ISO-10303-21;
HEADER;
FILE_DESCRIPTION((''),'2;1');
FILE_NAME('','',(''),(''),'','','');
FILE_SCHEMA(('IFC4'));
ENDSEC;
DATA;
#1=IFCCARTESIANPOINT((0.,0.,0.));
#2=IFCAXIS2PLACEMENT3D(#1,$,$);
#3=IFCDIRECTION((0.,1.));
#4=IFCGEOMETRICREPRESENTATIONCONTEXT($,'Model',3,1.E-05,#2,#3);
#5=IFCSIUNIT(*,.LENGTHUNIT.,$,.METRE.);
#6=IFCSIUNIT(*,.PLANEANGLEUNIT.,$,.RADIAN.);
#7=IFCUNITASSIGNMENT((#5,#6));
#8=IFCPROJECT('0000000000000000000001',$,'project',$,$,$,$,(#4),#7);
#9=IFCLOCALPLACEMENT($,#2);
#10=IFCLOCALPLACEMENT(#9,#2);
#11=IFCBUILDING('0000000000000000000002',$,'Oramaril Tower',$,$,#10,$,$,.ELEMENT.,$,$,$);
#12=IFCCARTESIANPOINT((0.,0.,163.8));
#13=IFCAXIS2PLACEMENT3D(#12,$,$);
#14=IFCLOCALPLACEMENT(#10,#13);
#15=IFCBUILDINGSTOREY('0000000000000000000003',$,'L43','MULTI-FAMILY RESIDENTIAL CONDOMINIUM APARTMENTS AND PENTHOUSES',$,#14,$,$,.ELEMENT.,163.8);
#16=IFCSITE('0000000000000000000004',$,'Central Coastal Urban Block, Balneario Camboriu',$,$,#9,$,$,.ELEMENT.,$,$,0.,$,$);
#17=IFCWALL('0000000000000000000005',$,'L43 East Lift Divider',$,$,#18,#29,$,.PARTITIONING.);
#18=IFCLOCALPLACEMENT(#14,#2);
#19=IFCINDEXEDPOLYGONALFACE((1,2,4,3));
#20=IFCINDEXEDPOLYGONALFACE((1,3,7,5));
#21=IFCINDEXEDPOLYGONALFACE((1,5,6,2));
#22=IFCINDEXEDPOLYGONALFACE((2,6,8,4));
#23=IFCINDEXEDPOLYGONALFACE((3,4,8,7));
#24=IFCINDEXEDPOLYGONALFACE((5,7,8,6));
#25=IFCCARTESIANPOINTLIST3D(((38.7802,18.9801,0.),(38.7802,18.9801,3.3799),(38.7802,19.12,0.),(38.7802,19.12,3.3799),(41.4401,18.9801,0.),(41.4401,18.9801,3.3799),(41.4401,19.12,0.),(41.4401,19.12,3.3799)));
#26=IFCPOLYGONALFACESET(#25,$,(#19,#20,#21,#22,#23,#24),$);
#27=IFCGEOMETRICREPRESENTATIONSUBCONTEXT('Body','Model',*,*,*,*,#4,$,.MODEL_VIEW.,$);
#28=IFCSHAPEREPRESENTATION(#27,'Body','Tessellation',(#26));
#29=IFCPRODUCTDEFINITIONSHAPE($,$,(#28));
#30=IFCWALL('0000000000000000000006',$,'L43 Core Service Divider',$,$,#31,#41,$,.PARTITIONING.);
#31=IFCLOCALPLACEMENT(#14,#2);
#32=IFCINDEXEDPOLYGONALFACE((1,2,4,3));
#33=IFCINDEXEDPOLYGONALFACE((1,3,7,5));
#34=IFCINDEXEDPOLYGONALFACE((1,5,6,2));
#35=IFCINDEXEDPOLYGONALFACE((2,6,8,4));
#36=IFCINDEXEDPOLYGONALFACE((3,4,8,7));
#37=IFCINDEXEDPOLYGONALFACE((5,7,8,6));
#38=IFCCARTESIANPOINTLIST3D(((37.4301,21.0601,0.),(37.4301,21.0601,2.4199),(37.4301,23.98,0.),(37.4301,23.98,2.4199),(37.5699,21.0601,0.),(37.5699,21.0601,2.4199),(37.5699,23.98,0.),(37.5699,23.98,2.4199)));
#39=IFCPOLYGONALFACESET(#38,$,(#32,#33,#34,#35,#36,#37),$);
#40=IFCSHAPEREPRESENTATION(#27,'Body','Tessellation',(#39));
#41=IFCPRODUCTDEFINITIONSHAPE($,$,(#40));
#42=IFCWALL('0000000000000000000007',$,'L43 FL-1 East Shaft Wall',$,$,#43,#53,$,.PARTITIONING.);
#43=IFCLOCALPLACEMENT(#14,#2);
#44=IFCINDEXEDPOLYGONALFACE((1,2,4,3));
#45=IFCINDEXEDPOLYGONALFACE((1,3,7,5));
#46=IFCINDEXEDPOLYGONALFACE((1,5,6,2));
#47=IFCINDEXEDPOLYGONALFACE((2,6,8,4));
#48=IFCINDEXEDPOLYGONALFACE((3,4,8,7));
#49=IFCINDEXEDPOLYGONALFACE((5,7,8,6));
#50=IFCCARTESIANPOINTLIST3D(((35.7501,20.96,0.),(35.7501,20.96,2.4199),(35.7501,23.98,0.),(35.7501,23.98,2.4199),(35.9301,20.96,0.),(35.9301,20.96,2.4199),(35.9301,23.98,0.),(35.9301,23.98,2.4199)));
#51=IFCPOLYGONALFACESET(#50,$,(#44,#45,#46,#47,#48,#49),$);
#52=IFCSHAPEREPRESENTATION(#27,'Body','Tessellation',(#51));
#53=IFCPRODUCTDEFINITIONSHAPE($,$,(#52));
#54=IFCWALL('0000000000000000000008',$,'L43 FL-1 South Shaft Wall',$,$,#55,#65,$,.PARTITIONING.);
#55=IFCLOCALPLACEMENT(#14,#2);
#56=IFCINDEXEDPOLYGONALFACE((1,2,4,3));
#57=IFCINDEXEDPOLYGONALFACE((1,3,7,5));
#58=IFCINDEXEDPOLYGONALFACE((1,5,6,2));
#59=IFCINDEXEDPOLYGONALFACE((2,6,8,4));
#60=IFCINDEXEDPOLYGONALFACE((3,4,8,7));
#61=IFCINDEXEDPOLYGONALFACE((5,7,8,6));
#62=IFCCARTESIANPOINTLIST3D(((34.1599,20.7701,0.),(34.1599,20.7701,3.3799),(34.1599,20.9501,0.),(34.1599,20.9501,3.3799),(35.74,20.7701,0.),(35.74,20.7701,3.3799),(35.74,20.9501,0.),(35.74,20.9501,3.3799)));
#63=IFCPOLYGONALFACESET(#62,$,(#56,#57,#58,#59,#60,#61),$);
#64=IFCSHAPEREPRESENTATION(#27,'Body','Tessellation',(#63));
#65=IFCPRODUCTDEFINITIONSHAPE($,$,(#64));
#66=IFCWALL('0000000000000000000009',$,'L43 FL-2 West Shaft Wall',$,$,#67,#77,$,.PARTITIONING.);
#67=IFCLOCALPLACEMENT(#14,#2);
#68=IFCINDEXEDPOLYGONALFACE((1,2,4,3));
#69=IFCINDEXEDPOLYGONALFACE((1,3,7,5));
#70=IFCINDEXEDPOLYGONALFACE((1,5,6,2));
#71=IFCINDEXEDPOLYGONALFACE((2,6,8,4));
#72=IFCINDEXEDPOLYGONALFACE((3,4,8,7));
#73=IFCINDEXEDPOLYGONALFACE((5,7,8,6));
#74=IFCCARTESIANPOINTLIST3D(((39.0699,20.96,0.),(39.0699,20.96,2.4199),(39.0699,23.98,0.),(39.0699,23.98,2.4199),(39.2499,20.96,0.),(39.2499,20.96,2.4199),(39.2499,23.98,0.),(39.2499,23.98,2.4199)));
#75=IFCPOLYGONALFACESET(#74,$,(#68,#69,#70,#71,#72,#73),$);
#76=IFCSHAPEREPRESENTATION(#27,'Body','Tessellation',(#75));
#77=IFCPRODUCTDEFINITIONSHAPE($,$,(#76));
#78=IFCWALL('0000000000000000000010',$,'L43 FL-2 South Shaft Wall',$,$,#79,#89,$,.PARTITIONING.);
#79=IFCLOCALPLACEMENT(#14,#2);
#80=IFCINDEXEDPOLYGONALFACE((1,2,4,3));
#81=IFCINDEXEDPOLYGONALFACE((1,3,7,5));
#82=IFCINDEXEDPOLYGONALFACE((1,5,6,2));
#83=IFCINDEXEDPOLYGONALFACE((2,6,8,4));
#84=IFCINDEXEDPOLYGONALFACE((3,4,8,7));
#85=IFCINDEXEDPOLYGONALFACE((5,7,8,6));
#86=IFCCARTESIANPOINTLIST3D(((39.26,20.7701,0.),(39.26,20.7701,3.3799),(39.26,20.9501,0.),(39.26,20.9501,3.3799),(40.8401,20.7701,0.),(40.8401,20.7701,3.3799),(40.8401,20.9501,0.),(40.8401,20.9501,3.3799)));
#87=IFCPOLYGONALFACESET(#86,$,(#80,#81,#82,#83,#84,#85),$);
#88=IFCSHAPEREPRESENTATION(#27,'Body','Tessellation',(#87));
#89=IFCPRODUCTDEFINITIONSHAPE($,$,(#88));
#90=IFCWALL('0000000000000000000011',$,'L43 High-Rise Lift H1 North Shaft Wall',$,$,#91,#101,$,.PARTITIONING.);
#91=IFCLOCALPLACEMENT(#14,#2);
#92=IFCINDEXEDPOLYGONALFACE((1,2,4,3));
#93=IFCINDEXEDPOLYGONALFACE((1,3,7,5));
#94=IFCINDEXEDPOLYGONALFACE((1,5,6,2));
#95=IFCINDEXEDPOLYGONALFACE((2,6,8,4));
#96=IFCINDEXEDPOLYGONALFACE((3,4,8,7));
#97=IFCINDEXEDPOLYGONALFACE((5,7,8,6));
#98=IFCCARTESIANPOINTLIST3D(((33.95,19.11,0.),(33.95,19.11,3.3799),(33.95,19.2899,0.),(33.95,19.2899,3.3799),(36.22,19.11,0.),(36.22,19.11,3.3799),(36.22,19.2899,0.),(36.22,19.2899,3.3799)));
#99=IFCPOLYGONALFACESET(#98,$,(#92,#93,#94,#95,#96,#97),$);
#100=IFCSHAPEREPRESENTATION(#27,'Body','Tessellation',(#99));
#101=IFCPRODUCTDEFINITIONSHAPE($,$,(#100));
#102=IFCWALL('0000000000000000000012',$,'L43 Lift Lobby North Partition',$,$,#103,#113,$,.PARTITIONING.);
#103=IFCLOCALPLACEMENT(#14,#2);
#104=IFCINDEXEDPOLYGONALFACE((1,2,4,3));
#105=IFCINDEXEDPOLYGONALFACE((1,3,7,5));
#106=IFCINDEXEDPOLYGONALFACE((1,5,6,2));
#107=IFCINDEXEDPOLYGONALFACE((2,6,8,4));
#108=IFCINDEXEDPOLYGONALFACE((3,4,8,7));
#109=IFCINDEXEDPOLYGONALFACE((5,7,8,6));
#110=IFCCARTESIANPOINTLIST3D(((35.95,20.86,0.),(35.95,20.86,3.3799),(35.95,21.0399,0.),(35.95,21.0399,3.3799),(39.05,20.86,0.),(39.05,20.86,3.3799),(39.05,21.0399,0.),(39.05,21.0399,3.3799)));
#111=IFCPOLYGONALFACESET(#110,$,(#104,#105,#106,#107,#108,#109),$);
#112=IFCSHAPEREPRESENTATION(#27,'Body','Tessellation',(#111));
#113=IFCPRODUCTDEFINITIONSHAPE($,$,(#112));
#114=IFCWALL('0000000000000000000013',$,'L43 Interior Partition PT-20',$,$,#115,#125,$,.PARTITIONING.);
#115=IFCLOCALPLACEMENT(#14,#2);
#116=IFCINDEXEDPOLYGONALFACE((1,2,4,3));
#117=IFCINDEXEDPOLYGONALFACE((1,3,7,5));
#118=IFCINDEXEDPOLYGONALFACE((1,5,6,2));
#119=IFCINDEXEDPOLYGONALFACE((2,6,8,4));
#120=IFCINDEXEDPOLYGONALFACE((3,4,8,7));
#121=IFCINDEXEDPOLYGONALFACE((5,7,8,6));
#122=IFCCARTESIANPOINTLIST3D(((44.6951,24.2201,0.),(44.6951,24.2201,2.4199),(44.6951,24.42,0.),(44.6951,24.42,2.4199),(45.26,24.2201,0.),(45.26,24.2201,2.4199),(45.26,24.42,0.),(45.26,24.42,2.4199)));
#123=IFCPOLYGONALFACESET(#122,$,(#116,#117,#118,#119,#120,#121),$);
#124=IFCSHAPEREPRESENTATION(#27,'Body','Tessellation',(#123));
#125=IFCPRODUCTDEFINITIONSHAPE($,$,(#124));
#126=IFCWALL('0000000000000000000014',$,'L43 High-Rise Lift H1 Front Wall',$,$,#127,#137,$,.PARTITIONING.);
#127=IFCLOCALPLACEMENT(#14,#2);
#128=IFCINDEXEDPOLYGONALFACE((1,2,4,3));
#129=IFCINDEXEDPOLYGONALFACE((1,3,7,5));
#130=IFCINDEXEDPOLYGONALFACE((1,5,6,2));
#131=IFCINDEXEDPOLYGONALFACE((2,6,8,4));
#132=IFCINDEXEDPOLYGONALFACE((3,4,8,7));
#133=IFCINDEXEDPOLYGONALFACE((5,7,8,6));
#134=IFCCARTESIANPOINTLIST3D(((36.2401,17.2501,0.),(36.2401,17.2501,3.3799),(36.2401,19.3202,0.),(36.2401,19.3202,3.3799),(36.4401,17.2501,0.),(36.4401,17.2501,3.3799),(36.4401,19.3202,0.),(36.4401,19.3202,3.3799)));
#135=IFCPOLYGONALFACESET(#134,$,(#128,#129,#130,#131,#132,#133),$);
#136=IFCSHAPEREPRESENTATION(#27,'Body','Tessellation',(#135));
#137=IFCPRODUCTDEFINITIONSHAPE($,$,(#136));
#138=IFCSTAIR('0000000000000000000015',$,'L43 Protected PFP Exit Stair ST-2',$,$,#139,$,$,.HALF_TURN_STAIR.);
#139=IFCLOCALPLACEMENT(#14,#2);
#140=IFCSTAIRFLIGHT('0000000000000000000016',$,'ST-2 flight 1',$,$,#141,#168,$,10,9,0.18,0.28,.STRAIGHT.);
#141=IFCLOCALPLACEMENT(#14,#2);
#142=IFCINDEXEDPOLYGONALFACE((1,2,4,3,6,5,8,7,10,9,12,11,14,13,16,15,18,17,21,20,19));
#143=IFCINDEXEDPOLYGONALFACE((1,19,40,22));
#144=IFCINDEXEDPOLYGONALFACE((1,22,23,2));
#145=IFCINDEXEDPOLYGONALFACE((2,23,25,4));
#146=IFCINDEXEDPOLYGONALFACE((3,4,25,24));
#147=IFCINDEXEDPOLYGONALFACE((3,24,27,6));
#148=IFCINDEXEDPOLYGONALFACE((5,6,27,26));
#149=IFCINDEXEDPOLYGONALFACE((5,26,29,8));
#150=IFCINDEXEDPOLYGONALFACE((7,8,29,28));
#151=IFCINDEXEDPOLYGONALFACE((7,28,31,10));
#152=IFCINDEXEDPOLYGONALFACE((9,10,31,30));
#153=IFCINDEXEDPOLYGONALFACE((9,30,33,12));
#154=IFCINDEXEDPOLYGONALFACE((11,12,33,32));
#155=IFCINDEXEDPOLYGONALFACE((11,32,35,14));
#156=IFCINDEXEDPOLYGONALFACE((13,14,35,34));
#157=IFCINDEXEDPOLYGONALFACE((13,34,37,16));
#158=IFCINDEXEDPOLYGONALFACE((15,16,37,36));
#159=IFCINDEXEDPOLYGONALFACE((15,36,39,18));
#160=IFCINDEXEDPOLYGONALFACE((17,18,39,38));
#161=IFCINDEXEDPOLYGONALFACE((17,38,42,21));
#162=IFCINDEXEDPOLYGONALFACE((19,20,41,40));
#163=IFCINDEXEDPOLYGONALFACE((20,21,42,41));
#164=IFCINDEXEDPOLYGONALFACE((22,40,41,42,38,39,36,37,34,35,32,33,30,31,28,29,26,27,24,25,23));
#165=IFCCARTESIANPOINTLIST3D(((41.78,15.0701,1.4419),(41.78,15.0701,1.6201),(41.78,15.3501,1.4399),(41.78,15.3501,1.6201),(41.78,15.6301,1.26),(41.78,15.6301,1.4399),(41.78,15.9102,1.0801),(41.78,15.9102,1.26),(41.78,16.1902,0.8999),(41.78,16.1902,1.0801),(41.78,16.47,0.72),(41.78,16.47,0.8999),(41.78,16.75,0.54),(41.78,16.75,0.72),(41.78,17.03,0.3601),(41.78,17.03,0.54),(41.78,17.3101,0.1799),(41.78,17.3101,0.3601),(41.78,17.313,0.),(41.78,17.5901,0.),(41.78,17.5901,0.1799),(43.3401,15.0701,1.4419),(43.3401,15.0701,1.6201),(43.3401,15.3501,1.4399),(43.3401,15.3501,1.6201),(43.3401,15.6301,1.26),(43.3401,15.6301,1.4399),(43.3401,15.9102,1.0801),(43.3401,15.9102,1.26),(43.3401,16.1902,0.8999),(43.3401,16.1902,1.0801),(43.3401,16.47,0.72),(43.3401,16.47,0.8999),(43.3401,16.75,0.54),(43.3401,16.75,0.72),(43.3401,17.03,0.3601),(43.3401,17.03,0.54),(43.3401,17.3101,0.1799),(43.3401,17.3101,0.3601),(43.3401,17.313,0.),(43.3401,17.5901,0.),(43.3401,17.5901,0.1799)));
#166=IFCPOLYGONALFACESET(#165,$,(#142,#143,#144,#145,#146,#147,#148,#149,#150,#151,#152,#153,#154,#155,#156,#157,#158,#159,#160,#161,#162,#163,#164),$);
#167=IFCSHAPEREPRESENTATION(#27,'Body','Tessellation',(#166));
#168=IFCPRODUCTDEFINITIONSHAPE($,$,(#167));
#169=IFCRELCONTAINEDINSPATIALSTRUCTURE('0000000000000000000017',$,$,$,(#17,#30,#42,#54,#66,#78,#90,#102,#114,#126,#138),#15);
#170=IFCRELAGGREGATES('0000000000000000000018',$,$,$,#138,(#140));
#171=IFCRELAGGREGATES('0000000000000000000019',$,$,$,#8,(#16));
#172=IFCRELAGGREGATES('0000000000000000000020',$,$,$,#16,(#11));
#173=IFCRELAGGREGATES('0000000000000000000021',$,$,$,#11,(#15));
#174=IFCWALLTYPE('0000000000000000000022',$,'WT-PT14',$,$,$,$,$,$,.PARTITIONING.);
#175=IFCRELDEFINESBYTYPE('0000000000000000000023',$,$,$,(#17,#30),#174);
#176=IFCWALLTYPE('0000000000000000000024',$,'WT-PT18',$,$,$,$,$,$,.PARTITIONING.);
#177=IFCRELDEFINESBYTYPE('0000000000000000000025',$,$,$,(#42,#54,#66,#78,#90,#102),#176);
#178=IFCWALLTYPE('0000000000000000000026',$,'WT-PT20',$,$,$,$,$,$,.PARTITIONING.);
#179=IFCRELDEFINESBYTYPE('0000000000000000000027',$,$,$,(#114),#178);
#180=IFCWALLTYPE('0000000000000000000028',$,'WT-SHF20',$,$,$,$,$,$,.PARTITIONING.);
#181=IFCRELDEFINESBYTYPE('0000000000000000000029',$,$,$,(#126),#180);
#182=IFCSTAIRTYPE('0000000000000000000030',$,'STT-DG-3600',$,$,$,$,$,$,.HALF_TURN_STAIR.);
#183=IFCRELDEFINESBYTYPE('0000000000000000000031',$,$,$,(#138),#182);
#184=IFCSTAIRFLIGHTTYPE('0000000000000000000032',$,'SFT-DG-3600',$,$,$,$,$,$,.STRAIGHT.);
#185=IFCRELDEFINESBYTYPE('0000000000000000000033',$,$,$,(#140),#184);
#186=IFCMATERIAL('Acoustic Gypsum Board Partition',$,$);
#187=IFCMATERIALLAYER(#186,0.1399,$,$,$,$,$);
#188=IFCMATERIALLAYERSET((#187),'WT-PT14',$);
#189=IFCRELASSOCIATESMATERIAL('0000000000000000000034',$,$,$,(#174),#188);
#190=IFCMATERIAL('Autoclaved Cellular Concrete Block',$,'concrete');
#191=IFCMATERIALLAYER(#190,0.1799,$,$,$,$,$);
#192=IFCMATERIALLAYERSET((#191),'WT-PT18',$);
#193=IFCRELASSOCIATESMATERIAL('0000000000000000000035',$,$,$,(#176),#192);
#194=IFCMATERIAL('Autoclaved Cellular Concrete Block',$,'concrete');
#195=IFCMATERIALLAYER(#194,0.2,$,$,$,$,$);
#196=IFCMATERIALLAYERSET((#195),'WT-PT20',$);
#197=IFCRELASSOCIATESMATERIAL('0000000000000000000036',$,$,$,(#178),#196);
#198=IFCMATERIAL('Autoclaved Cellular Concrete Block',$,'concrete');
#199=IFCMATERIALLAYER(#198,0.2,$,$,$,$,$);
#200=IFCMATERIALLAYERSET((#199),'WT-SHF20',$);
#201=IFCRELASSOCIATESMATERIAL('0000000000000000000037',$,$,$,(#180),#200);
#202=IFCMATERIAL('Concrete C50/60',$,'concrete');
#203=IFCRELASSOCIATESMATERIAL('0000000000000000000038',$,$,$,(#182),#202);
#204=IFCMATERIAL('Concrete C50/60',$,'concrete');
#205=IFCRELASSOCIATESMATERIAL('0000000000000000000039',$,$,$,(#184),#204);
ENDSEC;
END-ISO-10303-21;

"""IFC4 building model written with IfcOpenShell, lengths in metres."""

from ifc_helpers import new_model, si_unit, direction, frame, frame_2d, origin, place, context, subcontext, project, spatial, polyline, rectangle, outline, extrude, material, layer, layer_set, type_object, element, aggregate, save


model = new_model("IFC4")

# Units and contexts
model_context = context("Model", 3, precision=1e-05, world=origin(), true_north=direction((0.0, 1.0)))
body_context = subcontext(model_context, "Body", "Model", "MODEL_VIEW")
ifc_project = project(units=[si_unit("LENGTHUNIT", "METRE"), si_unit("PLANEANGLEUNIT", "RADIAN")], contexts=[model_context])

# Site, building, storey
site_placement = place(None, origin())
site = spatial("IfcSite", under=ifc_project, at=site_placement, Name="Central Coastal Urban Block, Balneario Camboriu", CompositionType="ELEMENT", RefElevation=0.0)
building_placement = place(site_placement, origin())
building = spatial("IfcBuilding", under=site, at=building_placement, Name="Oramaril Tower", CompositionType="ELEMENT")
storey_placement = place(building_placement, frame((0.0, 0.0, 163.8)))
storey = spatial("IfcBuildingStorey", under=building, at=storey_placement, Name="L43", Description="MULTI-FAMILY RESIDENTIAL CONDOMINIUM APARTMENTS AND PENTHOUSES", CompositionType="ELEMENT", Elevation=163.8)

# Walls
ifc_material_1 = material(Name="Acoustic Gypsum Board Partition")
ifc_layer_1 = layer(ifc_material_1, 0.1399)
ifc_layer_set_1 = layer_set([ifc_layer_1], Name="WT-PT14")
wall_type_1 = type_object("IfcWallType", Name="WT-PT14", PredefinedType="PARTITIONING", material=ifc_layer_set_1)
wall_1_placement = place(storey_placement, frame((38.78, 19.05, 0.0), z_axis=(0.0, 0.0, 1.0), x_axis=(1.0, 0.0, 0.0)))
element("IfcWall", 1, at=wall_1_placement, inside=storey, type_object=wall_type_1, Name="L43 East Lift Divider", PredefinedType="PARTITIONING", context=body_context, shape_type="SweptSolid", body=[
    extrude(rectangle(XDim=2.6599, YDim=0.1399, at=frame_2d((1.3301, 0.0))), origin(), (0.0, 0.0, 1.0), 3.3799),
])
wall_2_placement = place(storey_placement, frame((37.5, 21.0601, 0.0), z_axis=(0.0, 0.0, 1.0), x_axis=(0.0, 1.0, 0.0)))
element("IfcWall", 2, at=wall_2_placement, inside=storey, type_object=wall_type_1, Name="L43 Core Service Divider", PredefinedType="PARTITIONING", context=body_context, shape_type="SweptSolid", body=[
    extrude(rectangle(XDim=2.9199, YDim=0.1399, at=frame_2d((1.46, 0.0))), origin(), (0.0, 0.0, 1.0), 2.4199),
])
ifc_material_2 = material(Name="Autoclaved Cellular Concrete Block", Category="concrete")
ifc_layer_2 = layer(ifc_material_2, 0.1799)
ifc_layer_set_2 = layer_set([ifc_layer_2], Name="WT-PT18")
wall_type_2 = type_object("IfcWallType", Name="WT-PT18", PredefinedType="PARTITIONING", material=ifc_layer_set_2)
wall_3_placement = place(storey_placement, frame((35.8401, 20.96, 0.0), z_axis=(0.0, 0.0, 1.0), x_axis=(0.0, 1.0, 0.0)))
element("IfcWall", 3, at=wall_3_placement, inside=storey, type_object=wall_type_2, Name="L43 FL-1 East Shaft Wall", PredefinedType="PARTITIONING", context=body_context, shape_type="SweptSolid", body=[
    extrude(rectangle(XDim=3.02, YDim=0.1799, at=frame_2d((1.51, 0.0))), origin(), (0.0, 0.0, 1.0), 2.4199),
])
wall_4_placement = place(storey_placement, frame((34.1599, 20.8601, 0.0), z_axis=(0.0, 0.0, 1.0), x_axis=(1.0, 0.0, 0.0)))
element("IfcWall", 4, at=wall_4_placement, inside=storey, type_object=wall_type_2, Name="L43 FL-1 South Shaft Wall", PredefinedType="PARTITIONING", context=body_context, shape_type="SweptSolid", body=[
    extrude(rectangle(XDim=1.5801, YDim=0.1799, at=frame_2d((0.79, 0.0))), origin(), (0.0, 0.0, 1.0), 3.3799),
])
wall_5_placement = place(storey_placement, frame((39.1599, 20.96, 0.0), z_axis=(0.0, 0.0, 1.0), x_axis=(0.0, 1.0, 0.0)))
element("IfcWall", 5, at=wall_5_placement, inside=storey, type_object=wall_type_2, Name="L43 FL-2 West Shaft Wall", PredefinedType="PARTITIONING", context=body_context, shape_type="SweptSolid", body=[
    extrude(rectangle(XDim=3.02, YDim=0.1799, at=frame_2d((1.51, 0.0))), origin(), (0.0, 0.0, 1.0), 2.4199),
])
wall_6_placement = place(storey_placement, frame((39.26, 20.8601, 0.0), z_axis=(0.0, 0.0, 1.0), x_axis=(1.0, 0.0, 0.0)))
element("IfcWall", 6, at=wall_6_placement, inside=storey, type_object=wall_type_2, Name="L43 FL-2 South Shaft Wall", PredefinedType="PARTITIONING", context=body_context, shape_type="SweptSolid", body=[
    extrude(rectangle(XDim=1.5801, YDim=0.1799, at=frame_2d((0.79, 0.0))), origin(), (0.0, 0.0, 1.0), 3.3799),
])
wall_7_placement = place(storey_placement, frame((33.95, 19.2, 0.0), z_axis=(0.0, 0.0, 1.0), x_axis=(1.0, 0.0, 0.0)))
element("IfcWall", 7, at=wall_7_placement, inside=storey, type_object=wall_type_2, Name="L43 High-Rise Lift H1 North Shaft Wall", PredefinedType="PARTITIONING", context=body_context, shape_type="SweptSolid", body=[
    extrude(rectangle(XDim=2.27, YDim=0.1799, at=frame_2d((1.135, 0.0))), origin(), (0.0, 0.0, 1.0), 3.3799),
])
wall_8_placement = place(storey_placement, frame((35.95, 20.95, 0.0), z_axis=(0.0, 0.0, 1.0), x_axis=(1.0, 0.0, 0.0)))
element("IfcWall", 8, at=wall_8_placement, inside=storey, type_object=wall_type_2, Name="L43 Lift Lobby North Partition", PredefinedType="PARTITIONING", context=body_context, shape_type="SweptSolid", body=[
    extrude(rectangle(XDim=3.1001, YDim=0.1799, at=frame_2d((1.55, 0.0))), origin(), (0.0, 0.0, 1.0), 3.3799),
])
ifc_material_3 = material(Name="Autoclaved Cellular Concrete Block", Category="concrete")
ifc_layer_3 = layer(ifc_material_3, 0.2)
ifc_layer_set_3 = layer_set([ifc_layer_3], Name="WT-PT20")
wall_type_3 = type_object("IfcWallType", Name="WT-PT20", PredefinedType="PARTITIONING", material=ifc_layer_set_3)
wall_9_placement = place(storey_placement, frame((44.6951, 24.3201, 0.0), z_axis=(0.0, 0.0, 1.0), x_axis=(1.0, 0.0, 0.0)))
element("IfcWall", 9, at=wall_9_placement, inside=storey, type_object=wall_type_3, Name="L43 Interior Partition PT-20", PredefinedType="PARTITIONING", context=body_context, shape_type="SweptSolid", body=[
    extrude(rectangle(XDim=0.5649, YDim=0.2, at=frame_2d((0.2825, 0.0))), origin(), (0.0, 0.0, 1.0), 2.4199),
])

# Shared definitions
ifc_material_4 = material(Name="Autoclaved Cellular Concrete Block", Category="concrete")
ifc_layer_4 = layer(ifc_material_4, 0.2)
ifc_layer_set_4 = layer_set([ifc_layer_4], Name="WT-SHF20")
wall_type_4 = type_object("IfcWallType", Name="WT-SHF20", PredefinedType="PARTITIONING", material=ifc_layer_set_4)

# Wall
wall_10_placement = place(storey_placement, frame((36.3401, 17.25, 0.0), z_axis=(0.0, 0.0, 1.0), x_axis=(0.0, 1.0, 0.0)))
element("IfcWall", 10, at=wall_10_placement, inside=storey, type_object=wall_type_4, Name="L43 High-Rise Lift H1 Front Wall", PredefinedType="PARTITIONING", context=body_context, shape_type="SweptSolid", body=[
    extrude(rectangle(XDim=2.0701, YDim=0.2, at=frame_2d((1.0352, 0.0))), origin(), (0.0, 0.0, 1.0), 3.3799),
])

# Stair, stair flight
ifc_material_5 = material(Name="Concrete C50/60", Category="concrete")
stair_type = type_object("IfcStairType", Name="STT-DG-3600", PredefinedType="HALF_TURN_STAIR", material=ifc_material_5)
stair_placement = place(storey_placement, origin())
stair = element("IfcStair", 11, at=stair_placement, inside=storey, type_object=stair_type, Name="L43 Protected PFP Exit Stair ST-2", PredefinedType="HALF_TURN_STAIR")
ifc_material_6 = material(Name="Concrete C50/60", Category="concrete")
stair_flight_type = type_object("IfcStairFlightType", Name="SFT-DG-3600", PredefinedType="STRAIGHT", material=ifc_material_6)
stair_flight_placement = place(storey_placement, frame((42.5601, 17.5901, 0.0), z_axis=(0.0, 0.0, 1.0), x_axis=(0.0, -1.0, 0.0)))
stair_flight = element("IfcStairFlight", 12, at=stair_flight_placement, type_object=stair_flight_type, Name="ST-2 flight 1", NumberOfRisers=10, NumberOfTreads=9, PredefinedType="STRAIGHT", RiserHeight=0.18, TreadLength=0.28, context=body_context, shape_type="SweptSolid", body=[
    extrude(outline(polyline([(0.0, 0.0), (0.0, 0.1799), (0.28, 0.1799), (0.28, 0.3601), (0.5601, 0.3601), (0.5601, 0.54), (0.8401, 0.54), (0.8401, 0.72), (1.1201, 0.72), (1.1201, 0.8999), (1.3999, 0.8999), (1.3999, 1.0801), (1.6799, 1.0801), (1.6799, 1.26), (1.96, 1.26), (1.96, 1.4399), (2.24, 1.4399), (2.24, 1.6201), (2.52, 1.6201), (2.52, 1.8), (2.52, 1.4419), (0.2771, 0.0), (0.0, 0.0)])), frame((0.0, 0.78, 0.0), z_axis=(0.0, -1.0, 0.0), x_axis=(1.0, 0.0, 0.0)), (0.0, 0.0, 1.0), 1.5601),
])
aggregate(stair, [stair_flight])

save(model, "model.ifc")
